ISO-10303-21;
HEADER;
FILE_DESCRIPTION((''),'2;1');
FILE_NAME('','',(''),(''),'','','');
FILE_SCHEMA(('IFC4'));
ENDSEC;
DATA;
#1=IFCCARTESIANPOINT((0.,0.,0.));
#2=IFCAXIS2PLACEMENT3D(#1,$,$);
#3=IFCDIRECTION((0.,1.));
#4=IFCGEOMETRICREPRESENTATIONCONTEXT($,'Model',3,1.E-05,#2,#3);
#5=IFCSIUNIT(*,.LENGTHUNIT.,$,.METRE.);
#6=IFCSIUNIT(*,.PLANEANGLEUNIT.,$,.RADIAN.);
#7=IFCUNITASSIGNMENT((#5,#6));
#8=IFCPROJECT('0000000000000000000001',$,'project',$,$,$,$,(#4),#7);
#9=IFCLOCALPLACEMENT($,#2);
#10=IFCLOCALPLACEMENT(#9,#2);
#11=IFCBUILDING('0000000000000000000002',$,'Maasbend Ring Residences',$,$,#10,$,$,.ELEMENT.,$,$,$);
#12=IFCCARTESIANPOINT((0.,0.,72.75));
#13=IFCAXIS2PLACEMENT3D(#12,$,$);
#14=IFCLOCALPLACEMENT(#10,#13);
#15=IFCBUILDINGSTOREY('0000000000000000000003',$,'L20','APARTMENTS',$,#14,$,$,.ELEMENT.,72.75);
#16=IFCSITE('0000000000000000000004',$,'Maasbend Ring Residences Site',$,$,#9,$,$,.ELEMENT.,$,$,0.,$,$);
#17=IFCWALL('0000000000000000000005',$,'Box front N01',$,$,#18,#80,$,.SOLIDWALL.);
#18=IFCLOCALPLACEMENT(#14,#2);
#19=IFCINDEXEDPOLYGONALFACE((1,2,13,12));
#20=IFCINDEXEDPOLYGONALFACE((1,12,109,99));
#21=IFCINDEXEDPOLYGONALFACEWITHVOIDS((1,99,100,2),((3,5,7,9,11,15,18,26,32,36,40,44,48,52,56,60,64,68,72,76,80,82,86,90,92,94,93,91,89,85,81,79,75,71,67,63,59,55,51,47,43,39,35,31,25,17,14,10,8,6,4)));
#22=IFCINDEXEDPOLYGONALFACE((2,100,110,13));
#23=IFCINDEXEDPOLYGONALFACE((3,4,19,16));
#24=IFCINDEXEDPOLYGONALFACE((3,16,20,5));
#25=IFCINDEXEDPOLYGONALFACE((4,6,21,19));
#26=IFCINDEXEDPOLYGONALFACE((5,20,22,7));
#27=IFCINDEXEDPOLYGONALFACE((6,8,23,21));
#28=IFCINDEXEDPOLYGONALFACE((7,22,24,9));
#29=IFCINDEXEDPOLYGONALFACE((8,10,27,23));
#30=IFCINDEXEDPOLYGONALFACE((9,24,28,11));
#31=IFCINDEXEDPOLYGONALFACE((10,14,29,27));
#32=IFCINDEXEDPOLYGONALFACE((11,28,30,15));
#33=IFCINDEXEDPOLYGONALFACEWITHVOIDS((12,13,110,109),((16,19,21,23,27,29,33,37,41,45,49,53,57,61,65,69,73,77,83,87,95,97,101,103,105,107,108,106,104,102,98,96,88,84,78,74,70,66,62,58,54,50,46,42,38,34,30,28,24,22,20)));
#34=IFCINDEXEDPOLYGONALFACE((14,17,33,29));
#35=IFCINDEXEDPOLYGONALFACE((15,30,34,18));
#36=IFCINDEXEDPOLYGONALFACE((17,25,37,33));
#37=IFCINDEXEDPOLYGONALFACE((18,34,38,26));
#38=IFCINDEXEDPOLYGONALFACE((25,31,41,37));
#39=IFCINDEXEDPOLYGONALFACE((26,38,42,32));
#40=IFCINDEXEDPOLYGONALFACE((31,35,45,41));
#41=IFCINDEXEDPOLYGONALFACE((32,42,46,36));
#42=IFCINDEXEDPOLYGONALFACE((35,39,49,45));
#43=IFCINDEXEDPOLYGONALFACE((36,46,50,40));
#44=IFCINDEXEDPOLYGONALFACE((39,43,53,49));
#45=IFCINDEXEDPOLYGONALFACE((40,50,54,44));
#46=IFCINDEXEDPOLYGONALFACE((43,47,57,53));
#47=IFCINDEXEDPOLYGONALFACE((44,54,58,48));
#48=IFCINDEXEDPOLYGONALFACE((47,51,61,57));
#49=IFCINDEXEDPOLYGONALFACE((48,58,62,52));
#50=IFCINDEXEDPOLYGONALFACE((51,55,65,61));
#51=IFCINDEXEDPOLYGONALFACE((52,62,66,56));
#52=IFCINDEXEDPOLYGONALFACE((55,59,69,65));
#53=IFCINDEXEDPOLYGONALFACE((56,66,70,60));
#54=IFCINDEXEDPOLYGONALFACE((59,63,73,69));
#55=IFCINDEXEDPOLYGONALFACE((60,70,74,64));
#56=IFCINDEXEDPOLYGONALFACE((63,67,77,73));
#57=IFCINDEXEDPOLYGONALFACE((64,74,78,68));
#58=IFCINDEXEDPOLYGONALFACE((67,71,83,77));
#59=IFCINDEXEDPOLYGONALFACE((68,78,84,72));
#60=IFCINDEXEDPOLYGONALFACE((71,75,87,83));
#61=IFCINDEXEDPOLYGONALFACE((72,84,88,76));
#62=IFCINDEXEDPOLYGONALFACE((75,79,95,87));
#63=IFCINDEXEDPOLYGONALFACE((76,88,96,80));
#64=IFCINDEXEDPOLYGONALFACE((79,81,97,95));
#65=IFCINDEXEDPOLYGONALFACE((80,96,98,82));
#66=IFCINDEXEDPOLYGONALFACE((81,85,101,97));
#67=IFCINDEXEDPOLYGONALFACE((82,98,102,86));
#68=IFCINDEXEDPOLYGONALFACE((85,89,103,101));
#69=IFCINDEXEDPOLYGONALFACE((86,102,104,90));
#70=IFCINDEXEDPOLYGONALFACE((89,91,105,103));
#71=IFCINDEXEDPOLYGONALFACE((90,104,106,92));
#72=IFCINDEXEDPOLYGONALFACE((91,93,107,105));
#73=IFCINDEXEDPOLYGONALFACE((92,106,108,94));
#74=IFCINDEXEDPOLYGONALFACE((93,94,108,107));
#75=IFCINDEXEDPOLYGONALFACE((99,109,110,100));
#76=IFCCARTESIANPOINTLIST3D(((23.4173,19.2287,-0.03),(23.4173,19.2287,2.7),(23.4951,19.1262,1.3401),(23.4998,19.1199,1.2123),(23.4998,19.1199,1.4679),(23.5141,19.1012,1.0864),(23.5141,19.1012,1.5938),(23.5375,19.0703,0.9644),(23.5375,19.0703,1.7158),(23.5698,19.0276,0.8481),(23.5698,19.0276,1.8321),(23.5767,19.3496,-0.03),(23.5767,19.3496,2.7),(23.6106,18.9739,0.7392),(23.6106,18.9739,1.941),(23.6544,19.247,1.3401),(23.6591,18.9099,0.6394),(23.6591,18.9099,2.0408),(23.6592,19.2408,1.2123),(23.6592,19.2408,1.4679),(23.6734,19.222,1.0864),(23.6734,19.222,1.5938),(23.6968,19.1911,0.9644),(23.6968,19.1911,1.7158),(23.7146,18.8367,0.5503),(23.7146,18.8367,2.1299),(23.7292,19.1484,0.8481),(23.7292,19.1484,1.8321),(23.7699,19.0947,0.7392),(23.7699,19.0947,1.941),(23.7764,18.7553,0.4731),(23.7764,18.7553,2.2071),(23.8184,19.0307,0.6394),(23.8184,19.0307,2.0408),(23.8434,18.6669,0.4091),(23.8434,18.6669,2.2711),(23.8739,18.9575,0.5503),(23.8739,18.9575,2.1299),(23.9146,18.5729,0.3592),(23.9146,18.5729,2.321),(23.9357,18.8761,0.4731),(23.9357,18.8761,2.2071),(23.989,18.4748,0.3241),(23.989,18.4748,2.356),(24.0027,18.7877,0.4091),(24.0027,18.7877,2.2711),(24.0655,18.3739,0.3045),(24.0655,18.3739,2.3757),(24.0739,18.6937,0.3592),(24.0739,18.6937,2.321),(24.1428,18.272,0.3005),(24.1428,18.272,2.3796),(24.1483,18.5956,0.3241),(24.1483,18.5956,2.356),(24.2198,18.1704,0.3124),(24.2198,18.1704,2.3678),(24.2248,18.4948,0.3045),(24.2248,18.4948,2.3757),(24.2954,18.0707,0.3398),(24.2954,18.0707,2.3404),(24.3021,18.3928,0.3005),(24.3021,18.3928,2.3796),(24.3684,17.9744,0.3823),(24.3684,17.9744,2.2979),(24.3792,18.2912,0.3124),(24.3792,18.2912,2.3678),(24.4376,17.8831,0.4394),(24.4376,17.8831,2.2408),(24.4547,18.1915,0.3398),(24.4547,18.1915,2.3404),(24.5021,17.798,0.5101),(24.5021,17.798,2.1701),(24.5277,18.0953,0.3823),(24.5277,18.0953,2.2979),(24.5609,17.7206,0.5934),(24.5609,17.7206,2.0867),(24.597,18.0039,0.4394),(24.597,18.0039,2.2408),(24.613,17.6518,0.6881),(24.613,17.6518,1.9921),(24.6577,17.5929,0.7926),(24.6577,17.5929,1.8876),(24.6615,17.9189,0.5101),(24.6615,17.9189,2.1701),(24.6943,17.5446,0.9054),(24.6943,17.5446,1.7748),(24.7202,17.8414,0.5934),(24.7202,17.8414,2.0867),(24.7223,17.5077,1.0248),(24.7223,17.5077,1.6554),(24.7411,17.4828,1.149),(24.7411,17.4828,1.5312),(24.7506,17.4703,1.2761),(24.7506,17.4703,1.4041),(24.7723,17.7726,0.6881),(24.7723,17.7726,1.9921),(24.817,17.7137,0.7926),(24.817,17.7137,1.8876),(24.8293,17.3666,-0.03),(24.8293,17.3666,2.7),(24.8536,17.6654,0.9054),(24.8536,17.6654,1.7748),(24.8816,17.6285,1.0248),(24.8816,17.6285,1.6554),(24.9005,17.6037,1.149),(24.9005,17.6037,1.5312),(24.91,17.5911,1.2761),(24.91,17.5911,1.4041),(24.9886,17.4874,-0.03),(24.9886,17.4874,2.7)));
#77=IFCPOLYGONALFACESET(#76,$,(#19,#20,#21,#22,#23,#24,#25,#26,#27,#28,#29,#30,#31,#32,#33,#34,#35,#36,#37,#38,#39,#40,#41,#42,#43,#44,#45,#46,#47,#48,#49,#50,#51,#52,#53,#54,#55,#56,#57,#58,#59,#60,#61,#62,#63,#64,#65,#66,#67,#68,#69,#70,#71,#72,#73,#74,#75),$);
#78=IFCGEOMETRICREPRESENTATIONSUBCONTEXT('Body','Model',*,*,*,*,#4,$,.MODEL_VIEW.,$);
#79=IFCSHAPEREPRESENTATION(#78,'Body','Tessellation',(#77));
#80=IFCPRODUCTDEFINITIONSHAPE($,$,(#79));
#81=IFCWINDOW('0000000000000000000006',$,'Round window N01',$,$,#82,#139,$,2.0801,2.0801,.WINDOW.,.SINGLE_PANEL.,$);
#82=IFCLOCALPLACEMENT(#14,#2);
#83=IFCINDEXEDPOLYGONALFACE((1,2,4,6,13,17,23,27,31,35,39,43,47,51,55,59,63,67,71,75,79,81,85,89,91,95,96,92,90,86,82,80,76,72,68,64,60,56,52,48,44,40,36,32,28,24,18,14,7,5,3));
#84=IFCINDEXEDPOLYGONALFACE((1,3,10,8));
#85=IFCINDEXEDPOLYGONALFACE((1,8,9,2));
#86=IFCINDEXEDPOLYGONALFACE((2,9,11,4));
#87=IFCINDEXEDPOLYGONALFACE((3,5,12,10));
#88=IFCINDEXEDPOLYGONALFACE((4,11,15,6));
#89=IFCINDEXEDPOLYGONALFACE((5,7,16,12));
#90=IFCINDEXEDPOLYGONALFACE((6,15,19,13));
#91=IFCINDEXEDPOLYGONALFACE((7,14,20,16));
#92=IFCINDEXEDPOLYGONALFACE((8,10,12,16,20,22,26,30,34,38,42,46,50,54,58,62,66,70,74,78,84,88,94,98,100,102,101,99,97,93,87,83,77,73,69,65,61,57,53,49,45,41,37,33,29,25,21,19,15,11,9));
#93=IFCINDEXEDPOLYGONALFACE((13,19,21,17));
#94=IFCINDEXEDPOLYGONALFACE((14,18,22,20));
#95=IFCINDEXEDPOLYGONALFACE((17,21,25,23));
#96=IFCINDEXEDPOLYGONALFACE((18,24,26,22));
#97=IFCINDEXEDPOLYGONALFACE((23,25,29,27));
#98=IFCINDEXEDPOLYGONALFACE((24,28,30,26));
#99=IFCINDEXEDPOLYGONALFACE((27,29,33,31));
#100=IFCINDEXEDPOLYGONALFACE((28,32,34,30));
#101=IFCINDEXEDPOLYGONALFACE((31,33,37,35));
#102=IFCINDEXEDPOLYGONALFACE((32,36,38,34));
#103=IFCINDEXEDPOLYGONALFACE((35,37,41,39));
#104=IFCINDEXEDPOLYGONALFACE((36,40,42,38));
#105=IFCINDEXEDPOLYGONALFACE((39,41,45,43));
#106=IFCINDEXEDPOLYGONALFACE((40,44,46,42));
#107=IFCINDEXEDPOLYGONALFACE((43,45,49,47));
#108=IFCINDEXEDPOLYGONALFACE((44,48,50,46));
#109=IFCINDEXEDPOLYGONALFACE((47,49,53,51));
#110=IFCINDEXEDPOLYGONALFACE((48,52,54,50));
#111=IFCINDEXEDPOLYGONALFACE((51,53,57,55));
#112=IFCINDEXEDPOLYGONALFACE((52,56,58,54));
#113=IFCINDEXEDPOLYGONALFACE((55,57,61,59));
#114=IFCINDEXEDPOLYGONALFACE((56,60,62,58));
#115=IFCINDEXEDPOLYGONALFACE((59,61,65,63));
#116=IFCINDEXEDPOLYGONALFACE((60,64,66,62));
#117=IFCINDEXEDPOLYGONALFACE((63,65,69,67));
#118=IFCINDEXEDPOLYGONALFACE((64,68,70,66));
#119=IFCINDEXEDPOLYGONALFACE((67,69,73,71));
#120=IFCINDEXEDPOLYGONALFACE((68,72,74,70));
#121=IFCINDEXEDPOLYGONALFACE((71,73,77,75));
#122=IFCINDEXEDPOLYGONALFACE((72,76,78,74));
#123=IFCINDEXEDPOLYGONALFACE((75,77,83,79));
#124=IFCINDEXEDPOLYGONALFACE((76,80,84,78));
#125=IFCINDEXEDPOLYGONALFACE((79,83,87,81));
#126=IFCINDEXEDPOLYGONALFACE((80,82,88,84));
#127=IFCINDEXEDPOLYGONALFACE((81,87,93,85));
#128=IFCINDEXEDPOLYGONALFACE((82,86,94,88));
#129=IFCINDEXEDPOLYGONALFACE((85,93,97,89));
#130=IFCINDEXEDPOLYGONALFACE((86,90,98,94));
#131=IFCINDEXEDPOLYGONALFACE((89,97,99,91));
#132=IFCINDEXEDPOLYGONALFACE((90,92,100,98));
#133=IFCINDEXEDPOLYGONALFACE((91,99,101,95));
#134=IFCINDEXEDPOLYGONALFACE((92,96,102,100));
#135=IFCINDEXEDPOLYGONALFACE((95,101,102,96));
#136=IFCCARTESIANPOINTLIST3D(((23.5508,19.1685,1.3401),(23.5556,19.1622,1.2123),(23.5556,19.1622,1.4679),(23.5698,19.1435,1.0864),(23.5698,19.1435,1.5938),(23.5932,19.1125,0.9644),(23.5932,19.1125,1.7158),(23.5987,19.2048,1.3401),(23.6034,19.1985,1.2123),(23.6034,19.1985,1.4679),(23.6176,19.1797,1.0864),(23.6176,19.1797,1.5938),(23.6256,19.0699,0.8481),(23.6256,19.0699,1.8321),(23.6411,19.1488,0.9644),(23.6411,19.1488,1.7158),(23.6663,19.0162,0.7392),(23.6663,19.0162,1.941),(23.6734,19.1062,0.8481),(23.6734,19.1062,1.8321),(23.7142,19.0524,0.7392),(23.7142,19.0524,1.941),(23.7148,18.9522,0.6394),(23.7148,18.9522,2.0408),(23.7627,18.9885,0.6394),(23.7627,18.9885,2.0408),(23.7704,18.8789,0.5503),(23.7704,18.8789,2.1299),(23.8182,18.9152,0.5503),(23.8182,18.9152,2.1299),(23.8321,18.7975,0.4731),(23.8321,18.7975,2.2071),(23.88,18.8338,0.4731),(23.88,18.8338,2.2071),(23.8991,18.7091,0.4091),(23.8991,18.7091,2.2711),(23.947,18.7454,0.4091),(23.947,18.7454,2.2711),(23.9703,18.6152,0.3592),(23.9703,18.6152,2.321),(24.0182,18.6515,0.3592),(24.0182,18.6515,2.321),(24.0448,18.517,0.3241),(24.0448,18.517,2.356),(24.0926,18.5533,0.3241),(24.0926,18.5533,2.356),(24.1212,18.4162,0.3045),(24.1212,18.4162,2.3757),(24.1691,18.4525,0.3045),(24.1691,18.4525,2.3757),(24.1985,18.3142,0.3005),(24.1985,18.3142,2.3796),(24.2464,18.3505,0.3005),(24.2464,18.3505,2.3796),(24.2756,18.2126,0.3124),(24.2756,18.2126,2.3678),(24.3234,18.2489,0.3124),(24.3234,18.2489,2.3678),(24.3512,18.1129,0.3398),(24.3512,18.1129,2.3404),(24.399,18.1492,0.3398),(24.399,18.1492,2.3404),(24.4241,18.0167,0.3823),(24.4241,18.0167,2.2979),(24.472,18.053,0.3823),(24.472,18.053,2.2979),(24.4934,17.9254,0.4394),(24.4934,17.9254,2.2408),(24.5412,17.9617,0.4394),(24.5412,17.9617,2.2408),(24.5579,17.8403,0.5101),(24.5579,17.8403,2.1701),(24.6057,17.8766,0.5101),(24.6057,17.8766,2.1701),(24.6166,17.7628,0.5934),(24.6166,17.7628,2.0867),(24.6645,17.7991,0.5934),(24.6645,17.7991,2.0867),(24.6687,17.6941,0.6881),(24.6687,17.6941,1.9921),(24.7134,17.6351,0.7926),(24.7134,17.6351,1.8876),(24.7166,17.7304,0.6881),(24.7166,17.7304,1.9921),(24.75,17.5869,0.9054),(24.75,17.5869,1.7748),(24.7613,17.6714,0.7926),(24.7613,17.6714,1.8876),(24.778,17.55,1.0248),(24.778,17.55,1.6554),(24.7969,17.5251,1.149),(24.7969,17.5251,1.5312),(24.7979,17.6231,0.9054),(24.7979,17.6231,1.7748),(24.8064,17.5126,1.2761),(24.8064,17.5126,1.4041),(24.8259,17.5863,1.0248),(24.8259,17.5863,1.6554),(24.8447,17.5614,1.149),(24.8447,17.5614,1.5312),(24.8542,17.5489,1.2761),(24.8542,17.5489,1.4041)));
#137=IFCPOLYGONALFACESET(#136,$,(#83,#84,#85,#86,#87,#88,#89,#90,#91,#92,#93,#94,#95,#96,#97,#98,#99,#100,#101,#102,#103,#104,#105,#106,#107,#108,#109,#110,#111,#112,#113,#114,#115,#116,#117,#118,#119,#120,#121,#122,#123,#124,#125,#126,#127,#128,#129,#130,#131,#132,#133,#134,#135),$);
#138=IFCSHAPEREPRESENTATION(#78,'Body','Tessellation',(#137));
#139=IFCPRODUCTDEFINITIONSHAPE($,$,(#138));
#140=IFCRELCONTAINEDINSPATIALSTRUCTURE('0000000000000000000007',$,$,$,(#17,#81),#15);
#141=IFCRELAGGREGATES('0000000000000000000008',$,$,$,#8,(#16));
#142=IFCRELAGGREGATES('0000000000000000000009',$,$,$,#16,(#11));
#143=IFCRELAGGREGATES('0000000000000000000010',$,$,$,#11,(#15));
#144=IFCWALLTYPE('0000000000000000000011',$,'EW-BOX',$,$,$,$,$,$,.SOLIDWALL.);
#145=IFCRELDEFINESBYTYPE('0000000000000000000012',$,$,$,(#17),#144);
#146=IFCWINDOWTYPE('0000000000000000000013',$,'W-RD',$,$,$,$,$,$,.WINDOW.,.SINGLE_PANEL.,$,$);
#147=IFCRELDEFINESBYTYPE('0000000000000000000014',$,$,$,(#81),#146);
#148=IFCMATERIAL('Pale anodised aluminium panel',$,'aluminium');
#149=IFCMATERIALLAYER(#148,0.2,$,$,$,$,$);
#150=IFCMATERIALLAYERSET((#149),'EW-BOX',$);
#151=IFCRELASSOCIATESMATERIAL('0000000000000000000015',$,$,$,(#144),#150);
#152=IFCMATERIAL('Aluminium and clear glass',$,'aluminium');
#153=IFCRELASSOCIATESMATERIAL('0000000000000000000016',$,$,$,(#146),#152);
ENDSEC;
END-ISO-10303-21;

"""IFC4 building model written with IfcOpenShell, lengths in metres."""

from ifc_helpers import new_model, si_unit, direction, frame, frame_2d, origin, place, context, subcontext, project, spatial, rectangle, circle, extrude, material, layer, layer_set, type_object, element, fill, save


model = new_model("IFC4")

# Units and contexts
model_context = context("Model", 3, precision=1e-05, world=origin(), true_north=direction((0.0, 1.0)))
body_context = subcontext(model_context, "Body", "Model", "MODEL_VIEW")
ifc_project = project(units=[si_unit("LENGTHUNIT", "METRE"), si_unit("PLANEANGLEUNIT", "RADIAN")], contexts=[model_context])

# Site, building, storey
site_placement = place(None, origin())
site = spatial("IfcSite", under=ifc_project, at=site_placement, Name="Maasbend Ring Residences Site", CompositionType="ELEMENT", RefElevation=0.0)
building_placement = place(site_placement, origin())
building = spatial("IfcBuilding", under=site, at=building_placement, Name="Maasbend Ring Residences", CompositionType="ELEMENT")
storey_placement = place(building_placement, frame((0.0, 0.0, 72.75)))
storey = spatial("IfcBuildingStorey", under=building, at=storey_placement, Name="L20", Description="APARTMENTS", CompositionType="ELEMENT", Elevation=72.75)

# Wall, opening, window
ifc_material_1 = material(Name="Pale anodised aluminium panel", Category="aluminium")
ifc_layer_1 = layer(ifc_material_1, 0.2)
ifc_layer_set_1 = layer_set([ifc_layer_1], Name="EW-BOX")
wall_type_1 = type_object("IfcWallType", Name="EW-BOX", PredefinedType="SOLIDWALL", material=ifc_layer_set_1)
wall_1_placement = place(storey_placement, frame((24.9089, 17.427, -0.03), z_axis=(0.0, 0.0, 1.0), x_axis=(-0.604188, 0.796842, 0.0)))
wall_1 = element("IfcWall", 1, at=wall_1_placement, inside=storey, type_object=wall_type_1, Name="Box front N01", PredefinedType="SOLIDWALL", context=body_context, shape_type="SweptSolid", body=[
    extrude(rectangle(XDim=2.3369, YDim=0.2, at=frame_2d((1.1685, 0.0))), origin(), (0.0, 0.0, 1.0), 2.73),
])
opening_1_placement = place(wall_1_placement, frame((0.1282, 0.0, 0.3301)))
opening_1 = element("IfcOpeningElement", 2, at=opening_1_placement, cuts=wall_1, PredefinedType="OPENING", context=body_context, shape_type="SweptSolid", body=[
    extrude(circle(Radius=1.04, at=frame_2d((1.04, 1.04))), frame((0.0, 0.1099, 0.0), z_axis=(0.0, -1.0, 0.0), x_axis=(1.0, 0.0, 0.0)), (0.0, 0.0, 1.0), 0.22),
])
ifc_material_2 = material(Name="Aluminium and clear glass", Category="aluminium")
window_type_1 = type_object("IfcWindowType", Name="W-RD", PartitioningType="SINGLE_PANEL", PredefinedType="WINDOW", material=ifc_material_2)
window_1_placement = place(opening_1_placement, origin())
window_1 = element("IfcWindow", 3, at=window_1_placement, inside=storey, type_object=window_type_1, Name="Round window N01", OverallHeight=2.0801, OverallWidth=2.0801, PartitioningType="SINGLE_PANEL", PredefinedType="WINDOW", context=body_context, shape_type="SweptSolid", body=[
    extrude(circle(Radius=1.04, at=frame_2d((1.04, 1.04))), frame((0.0, 0.03, 0.0), z_axis=(0.0, -1.0, 0.0), x_axis=(1.0, 0.0, 0.0)), (0.0, 0.0, 1.0), 0.0601),
])
fill(opening_1, window_1)

save(model, "model.ifc")
